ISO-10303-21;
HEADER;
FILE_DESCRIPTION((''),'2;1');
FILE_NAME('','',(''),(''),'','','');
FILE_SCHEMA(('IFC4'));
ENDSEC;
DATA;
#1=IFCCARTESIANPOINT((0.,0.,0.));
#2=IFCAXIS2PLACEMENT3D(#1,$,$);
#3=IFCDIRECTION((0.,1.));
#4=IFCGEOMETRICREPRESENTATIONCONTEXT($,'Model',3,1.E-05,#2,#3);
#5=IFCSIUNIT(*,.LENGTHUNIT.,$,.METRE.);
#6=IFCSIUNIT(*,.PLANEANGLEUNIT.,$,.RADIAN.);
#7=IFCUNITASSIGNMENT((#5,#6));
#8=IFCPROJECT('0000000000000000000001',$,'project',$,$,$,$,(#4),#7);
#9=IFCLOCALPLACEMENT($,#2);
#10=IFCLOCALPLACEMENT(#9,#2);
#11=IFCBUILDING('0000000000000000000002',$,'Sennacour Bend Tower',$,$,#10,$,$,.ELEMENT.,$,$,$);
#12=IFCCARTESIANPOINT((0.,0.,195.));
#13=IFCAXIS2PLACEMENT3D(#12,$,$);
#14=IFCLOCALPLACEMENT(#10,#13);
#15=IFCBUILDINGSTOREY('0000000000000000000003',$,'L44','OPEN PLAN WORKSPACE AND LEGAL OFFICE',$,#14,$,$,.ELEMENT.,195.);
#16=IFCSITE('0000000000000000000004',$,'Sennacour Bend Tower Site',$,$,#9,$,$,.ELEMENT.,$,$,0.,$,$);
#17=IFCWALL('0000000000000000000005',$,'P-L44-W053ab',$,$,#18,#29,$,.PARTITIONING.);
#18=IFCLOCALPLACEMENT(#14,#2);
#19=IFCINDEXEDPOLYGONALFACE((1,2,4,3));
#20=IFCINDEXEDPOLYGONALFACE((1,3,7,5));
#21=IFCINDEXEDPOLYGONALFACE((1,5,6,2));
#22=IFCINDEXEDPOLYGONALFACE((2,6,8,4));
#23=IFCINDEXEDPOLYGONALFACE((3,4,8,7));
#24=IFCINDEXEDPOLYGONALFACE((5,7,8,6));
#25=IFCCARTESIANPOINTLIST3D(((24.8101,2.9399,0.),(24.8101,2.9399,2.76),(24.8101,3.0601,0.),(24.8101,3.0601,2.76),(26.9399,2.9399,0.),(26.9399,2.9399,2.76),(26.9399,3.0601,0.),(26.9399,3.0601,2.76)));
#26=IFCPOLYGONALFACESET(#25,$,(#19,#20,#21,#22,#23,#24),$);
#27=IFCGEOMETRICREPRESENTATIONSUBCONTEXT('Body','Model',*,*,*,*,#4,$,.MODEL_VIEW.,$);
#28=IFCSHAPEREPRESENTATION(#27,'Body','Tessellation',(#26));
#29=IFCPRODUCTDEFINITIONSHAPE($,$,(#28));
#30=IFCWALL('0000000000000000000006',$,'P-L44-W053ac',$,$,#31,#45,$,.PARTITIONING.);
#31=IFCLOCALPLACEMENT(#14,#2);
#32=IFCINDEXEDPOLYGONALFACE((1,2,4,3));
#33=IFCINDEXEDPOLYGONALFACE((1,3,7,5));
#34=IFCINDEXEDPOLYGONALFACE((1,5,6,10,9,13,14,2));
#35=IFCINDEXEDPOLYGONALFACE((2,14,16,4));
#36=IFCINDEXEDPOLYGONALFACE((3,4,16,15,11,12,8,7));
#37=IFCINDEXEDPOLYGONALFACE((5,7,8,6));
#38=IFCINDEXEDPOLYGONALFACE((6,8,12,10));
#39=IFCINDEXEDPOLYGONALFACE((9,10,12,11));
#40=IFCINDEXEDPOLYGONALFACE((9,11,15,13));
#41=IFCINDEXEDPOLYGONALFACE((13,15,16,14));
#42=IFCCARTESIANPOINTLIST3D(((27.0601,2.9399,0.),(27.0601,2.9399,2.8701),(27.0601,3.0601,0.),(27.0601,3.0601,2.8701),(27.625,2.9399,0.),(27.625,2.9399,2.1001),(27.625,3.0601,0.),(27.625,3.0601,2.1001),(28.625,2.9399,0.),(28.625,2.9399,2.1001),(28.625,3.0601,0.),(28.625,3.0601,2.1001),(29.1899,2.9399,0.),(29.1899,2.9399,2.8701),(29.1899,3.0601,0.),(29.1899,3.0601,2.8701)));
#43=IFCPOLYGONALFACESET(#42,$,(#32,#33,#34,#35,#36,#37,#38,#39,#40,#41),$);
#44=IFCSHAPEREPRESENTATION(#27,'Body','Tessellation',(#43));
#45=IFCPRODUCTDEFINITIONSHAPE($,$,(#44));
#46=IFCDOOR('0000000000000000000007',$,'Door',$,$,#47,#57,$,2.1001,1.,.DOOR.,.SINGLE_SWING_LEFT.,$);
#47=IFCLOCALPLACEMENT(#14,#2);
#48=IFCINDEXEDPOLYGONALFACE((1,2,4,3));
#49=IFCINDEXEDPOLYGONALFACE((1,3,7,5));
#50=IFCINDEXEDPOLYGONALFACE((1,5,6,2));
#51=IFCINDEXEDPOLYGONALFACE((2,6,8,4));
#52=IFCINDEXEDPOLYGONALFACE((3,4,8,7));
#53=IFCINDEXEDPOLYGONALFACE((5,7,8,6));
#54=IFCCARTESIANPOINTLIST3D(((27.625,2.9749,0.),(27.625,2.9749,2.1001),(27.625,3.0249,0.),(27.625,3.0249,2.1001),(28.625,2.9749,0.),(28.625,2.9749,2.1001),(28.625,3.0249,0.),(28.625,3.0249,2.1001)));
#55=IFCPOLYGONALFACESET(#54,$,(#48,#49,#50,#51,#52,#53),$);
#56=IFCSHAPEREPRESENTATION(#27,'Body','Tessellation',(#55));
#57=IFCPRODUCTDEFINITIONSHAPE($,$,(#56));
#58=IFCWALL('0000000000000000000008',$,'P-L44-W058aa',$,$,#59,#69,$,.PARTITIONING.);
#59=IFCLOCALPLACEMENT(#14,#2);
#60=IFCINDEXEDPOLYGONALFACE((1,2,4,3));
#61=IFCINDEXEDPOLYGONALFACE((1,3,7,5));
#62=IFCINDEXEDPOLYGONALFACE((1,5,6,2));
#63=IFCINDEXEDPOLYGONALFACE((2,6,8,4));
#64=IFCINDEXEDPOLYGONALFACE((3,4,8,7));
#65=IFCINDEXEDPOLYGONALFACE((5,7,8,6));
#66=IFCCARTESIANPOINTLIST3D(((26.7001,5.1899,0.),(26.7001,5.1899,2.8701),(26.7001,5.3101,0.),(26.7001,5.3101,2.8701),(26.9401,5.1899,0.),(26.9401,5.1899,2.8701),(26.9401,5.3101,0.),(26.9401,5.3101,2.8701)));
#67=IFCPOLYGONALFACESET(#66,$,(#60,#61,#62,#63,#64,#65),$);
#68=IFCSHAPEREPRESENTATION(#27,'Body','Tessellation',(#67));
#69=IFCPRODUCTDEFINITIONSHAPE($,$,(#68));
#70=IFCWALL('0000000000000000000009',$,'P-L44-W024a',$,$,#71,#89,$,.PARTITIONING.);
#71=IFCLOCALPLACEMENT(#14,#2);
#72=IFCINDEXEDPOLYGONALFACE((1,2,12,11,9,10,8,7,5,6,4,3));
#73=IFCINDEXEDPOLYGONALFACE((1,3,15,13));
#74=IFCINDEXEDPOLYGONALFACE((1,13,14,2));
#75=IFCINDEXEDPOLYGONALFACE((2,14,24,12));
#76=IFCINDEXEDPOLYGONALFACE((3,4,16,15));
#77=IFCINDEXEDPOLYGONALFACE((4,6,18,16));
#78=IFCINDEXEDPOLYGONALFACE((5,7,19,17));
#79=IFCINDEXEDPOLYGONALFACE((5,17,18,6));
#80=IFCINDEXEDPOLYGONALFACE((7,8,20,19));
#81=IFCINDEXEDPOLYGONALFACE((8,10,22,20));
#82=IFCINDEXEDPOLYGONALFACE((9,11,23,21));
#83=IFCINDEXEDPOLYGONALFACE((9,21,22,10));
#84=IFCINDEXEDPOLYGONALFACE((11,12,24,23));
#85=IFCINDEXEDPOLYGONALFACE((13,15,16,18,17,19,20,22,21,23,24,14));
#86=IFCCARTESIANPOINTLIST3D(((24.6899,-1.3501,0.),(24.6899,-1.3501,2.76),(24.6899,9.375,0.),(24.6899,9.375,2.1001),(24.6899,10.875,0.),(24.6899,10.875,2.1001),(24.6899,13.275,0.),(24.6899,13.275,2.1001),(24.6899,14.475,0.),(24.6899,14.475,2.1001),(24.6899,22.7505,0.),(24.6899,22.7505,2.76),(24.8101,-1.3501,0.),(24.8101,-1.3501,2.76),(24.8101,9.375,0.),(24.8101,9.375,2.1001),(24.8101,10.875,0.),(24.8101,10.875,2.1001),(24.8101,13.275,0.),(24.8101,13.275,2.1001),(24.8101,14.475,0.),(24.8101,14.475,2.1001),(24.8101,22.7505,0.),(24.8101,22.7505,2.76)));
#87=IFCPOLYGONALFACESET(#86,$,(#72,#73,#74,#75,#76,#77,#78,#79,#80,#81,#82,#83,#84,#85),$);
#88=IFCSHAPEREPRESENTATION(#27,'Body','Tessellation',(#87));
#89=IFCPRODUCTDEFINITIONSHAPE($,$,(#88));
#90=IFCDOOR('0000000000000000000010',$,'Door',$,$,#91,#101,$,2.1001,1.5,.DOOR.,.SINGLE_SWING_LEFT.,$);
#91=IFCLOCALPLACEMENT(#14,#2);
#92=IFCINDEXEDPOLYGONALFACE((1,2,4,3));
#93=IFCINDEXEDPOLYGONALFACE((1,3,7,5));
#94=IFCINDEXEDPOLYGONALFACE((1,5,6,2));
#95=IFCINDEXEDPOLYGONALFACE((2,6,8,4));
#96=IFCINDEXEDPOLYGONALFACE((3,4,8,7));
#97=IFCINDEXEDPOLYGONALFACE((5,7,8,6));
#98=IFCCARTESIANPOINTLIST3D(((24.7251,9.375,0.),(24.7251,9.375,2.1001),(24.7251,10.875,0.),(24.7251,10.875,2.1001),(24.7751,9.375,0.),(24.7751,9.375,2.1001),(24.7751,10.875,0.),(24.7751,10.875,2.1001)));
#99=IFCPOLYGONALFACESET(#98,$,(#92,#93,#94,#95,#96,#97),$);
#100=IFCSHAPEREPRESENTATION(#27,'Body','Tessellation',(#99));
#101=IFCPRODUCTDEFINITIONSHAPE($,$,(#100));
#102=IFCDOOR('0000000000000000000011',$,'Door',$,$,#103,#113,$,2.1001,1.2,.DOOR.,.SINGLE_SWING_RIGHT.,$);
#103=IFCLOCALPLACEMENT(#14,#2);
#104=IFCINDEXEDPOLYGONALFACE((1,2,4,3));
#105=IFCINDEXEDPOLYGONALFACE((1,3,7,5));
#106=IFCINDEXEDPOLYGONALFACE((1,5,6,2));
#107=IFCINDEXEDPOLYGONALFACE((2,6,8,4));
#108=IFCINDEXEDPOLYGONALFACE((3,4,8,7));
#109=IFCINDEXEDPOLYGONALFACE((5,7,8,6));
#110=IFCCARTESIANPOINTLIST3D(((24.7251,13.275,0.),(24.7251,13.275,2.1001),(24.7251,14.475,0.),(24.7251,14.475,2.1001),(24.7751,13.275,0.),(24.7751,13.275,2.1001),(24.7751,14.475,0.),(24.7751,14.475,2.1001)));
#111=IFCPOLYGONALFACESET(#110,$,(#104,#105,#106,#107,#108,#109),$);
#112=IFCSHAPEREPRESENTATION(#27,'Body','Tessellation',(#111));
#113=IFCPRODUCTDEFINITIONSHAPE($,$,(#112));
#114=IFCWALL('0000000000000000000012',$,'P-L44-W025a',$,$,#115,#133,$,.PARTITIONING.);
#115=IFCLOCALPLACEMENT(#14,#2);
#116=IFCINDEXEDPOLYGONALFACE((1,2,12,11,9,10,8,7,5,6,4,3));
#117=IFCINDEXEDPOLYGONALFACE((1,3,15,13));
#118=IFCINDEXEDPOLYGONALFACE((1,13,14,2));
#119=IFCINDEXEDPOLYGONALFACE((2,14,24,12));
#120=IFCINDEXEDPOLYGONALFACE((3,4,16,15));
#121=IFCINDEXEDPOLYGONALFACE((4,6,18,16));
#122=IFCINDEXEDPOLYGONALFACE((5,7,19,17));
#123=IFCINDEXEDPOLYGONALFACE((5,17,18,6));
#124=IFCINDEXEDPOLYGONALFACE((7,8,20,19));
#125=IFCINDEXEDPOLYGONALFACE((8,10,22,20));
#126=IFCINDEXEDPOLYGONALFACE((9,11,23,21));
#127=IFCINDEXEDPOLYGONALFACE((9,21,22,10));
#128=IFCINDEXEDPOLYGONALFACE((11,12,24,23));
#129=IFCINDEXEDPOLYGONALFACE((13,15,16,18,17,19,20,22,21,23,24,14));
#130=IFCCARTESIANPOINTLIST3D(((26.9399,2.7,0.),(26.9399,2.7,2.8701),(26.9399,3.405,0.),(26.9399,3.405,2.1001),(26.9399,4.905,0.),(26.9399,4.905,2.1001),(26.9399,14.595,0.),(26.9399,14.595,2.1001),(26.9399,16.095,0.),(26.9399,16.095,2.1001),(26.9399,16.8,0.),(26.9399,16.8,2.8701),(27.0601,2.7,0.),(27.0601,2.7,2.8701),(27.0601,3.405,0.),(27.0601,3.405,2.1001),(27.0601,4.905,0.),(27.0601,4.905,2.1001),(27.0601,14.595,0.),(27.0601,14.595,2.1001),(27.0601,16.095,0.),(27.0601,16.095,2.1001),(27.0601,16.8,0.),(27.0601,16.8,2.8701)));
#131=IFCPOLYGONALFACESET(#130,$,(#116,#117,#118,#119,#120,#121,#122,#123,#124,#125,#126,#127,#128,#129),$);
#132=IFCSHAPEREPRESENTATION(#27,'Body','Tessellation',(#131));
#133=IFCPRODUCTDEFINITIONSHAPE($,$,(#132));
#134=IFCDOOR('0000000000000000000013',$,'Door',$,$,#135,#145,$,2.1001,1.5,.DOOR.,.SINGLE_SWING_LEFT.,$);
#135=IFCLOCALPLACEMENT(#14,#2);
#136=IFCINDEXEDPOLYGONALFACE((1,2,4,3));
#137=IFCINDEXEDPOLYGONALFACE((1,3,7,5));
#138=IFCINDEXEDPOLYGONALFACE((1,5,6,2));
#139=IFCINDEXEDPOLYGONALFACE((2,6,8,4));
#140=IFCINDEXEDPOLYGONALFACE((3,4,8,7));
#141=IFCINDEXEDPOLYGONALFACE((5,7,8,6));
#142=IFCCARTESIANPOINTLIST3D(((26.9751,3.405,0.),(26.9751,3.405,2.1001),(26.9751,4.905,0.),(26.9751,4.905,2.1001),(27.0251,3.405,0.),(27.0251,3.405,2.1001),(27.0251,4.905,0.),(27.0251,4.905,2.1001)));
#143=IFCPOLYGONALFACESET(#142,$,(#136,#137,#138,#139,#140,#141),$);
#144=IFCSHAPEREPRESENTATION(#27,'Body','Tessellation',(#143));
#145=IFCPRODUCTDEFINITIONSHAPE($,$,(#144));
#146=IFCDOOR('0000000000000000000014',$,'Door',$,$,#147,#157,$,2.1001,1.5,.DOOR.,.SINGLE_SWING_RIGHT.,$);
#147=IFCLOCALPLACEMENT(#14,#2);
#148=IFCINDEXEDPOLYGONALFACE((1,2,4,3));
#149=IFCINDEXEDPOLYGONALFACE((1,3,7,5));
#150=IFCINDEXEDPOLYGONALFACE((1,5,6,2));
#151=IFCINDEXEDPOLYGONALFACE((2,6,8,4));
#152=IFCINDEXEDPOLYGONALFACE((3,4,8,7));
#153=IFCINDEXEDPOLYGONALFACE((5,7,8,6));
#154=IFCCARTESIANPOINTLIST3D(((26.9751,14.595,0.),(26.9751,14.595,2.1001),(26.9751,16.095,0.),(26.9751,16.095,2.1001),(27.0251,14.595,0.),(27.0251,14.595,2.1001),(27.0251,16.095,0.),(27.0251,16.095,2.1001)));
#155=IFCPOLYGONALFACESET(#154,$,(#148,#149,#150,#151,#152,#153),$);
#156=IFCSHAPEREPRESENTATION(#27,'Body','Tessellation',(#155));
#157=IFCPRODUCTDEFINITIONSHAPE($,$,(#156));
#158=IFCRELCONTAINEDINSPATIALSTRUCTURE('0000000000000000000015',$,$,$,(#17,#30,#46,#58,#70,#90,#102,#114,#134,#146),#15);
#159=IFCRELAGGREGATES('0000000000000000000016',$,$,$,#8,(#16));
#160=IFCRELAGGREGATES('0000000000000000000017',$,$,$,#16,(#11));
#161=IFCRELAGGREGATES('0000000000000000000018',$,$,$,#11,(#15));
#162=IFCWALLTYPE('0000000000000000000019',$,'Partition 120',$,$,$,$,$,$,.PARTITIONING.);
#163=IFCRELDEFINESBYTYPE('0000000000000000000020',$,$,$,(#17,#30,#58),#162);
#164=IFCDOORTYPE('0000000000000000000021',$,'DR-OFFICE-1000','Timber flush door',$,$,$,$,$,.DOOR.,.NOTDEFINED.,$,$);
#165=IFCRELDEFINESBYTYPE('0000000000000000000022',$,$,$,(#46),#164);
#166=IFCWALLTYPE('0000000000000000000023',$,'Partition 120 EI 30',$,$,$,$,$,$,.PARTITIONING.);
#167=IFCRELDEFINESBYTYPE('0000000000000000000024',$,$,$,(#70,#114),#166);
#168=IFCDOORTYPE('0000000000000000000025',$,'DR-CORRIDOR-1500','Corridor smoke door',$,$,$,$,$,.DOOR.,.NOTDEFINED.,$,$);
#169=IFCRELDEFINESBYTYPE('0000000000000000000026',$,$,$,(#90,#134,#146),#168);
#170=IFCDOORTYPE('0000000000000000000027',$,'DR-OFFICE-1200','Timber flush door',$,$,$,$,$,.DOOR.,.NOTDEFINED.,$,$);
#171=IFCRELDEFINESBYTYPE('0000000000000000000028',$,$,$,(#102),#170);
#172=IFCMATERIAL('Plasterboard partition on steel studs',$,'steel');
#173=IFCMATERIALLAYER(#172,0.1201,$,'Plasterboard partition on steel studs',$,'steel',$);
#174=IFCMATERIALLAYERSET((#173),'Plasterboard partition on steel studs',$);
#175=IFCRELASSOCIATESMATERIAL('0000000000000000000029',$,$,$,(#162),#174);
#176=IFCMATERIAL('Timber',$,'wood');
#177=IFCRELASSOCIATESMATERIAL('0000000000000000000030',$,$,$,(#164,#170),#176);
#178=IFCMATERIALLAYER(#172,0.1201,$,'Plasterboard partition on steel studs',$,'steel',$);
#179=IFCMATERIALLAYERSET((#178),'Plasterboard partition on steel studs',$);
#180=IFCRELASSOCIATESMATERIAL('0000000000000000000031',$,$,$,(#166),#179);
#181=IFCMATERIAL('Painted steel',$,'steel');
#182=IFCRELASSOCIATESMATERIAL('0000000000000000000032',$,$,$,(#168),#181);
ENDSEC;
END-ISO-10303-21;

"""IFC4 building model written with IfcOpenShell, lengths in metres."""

from ifc_helpers import new_model, si_unit, direction, frame, frame_2d, origin, place, context, subcontext, project, spatial, rectangle, extrude, material, layer, layer_set, type_object, element, fill, save


model = new_model("IFC4")

# Units and contexts
model_context = context("Model", 3, precision=1e-05, world=origin(), true_north=direction((0.0, 1.0)))
body_context = subcontext(model_context, "Body", "Model", "MODEL_VIEW")
ifc_project = project(units=[si_unit("LENGTHUNIT", "METRE"), si_unit("PLANEANGLEUNIT", "RADIAN")], contexts=[model_context])

# Site, building, storey
site_placement = place(None, origin())
site = spatial("IfcSite", under=ifc_project, at=site_placement, Name="Sennacour Bend Tower Site", CompositionType="ELEMENT", RefElevation=0.0)
building_placement = place(site_placement, origin())
building = spatial("IfcBuilding", under=site, at=building_placement, Name="Sennacour Bend Tower", CompositionType="ELEMENT")
storey_placement = place(building_placement, frame((0.0, 0.0, 195.0)))
storey = spatial("IfcBuildingStorey", under=building, at=storey_placement, Name="L44", Description="OPEN PLAN WORKSPACE AND LEGAL OFFICE", CompositionType="ELEMENT", Elevation=195.0)

# Wall
ifc_material_1 = material(Name="Plasterboard partition on steel studs", Category="steel")
ifc_layer_1 = layer(ifc_material_1, 0.1201, Name="Plasterboard partition on steel studs", Category="steel")
ifc_layer_set_1 = layer_set([ifc_layer_1], Name="Plasterboard partition on steel studs")
wall_type_1 = type_object("IfcWallType", Name="Partition 120", PredefinedType="PARTITIONING", material=ifc_layer_set_1)
wall_1_placement = place(storey_placement, frame((24.8101, 3.0, 0.0), z_axis=(0.0, 0.0, 1.0), x_axis=(1.0, 0.0, 0.0)))
element("IfcWall", 1, at=wall_1_placement, inside=storey, type_object=wall_type_1, Name="P-L44-W053ab", PredefinedType="PARTITIONING", context=body_context, shape_type="SweptSolid", body=[
    extrude(rectangle(XDim=2.1299, YDim=0.1201, at=frame_2d((1.0649, 0.0))), origin(), (0.0, 0.0, 1.0), 2.76),
])

# Wall, opening, door
wall_2_placement = place(storey_placement, frame((27.0601, 3.0, 0.0), z_axis=(0.0, 0.0, 1.0), x_axis=(1.0, 0.0, 0.0)))
wall_2 = element("IfcWall", 2, at=wall_2_placement, inside=storey, type_object=wall_type_1, Name="P-L44-W053ac", PredefinedType="PARTITIONING", context=body_context, shape_type="SweptSolid", body=[
    extrude(rectangle(XDim=2.1299, YDim=0.1201, at=frame_2d((1.0649, 0.0))), origin(), (0.0, 0.0, 1.0), 2.8701),
])
opening_1_placement = place(wall_2_placement, frame((0.5649, 0.0, 0.0)))
opening_1 = element("IfcOpeningElement", 3, at=opening_1_placement, cuts=wall_2, PredefinedType="OPENING", context=body_context, shape_type="SweptSolid", body=[
    extrude(rectangle(XDim=1.0, YDim=2.1001, at=frame_2d((0.5, 1.05))), frame((0.0, 0.0701, 0.0), z_axis=(0.0, -1.0, 0.0), x_axis=(1.0, 0.0, 0.0)), (0.0, 0.0, 1.0), 0.1401),
])
ifc_material_2 = material(Name="Timber", Category="wood")
door_type_1 = type_object("IfcDoorType", Name="DR-OFFICE-1000", Description="Timber flush door", OperationType="NOTDEFINED", PredefinedType="DOOR", material=ifc_material_2)
door_1_placement = place(opening_1_placement, origin())
door_1 = element("IfcDoor", 4, at=door_1_placement, inside=storey, type_object=door_type_1, Name="Door", OperationType="SINGLE_SWING_LEFT", OverallHeight=2.1001, OverallWidth=1.0, PredefinedType="DOOR", context=body_context, shape_type="SweptSolid", body=[
    extrude(rectangle(XDim=1.0, YDim=2.1001, at=frame_2d((0.5, 1.05))), frame((0.0, 0.0249, 0.0), z_axis=(0.0, -1.0, 0.0), x_axis=(1.0, 0.0, 0.0)), (0.0, 0.0, 1.0), 0.05),
])
fill(opening_1, door_1)

# Wall
wall_3_placement = place(storey_placement, frame((26.7, 5.25, 0.0), z_axis=(0.0, 0.0, 1.0), x_axis=(1.0, 0.0, 0.0)))
element("IfcWall", 5, at=wall_3_placement, inside=storey, type_object=wall_type_1, Name="P-L44-W058aa", PredefinedType="PARTITIONING", context=body_context, shape_type="SweptSolid", body=[
    extrude(rectangle(XDim=0.24, YDim=0.1201, at=frame_2d((0.1201, 0.0))), origin(), (0.0, 0.0, 1.0), 2.8701),
])

# Walls, openings, doors
ifc_layer_2 = layer(ifc_material_1, 0.1201, Name="Plasterboard partition on steel studs", Category="steel")
ifc_layer_set_2 = layer_set([ifc_layer_2], Name="Plasterboard partition on steel studs")
wall_type_2 = type_object("IfcWallType", Name="Partition 120 EI 30", PredefinedType="PARTITIONING", material=ifc_layer_set_2)
wall_4_placement = place(storey_placement, frame((24.75, -1.3501, 0.0), z_axis=(0.0, 0.0, 1.0), x_axis=(0.0, 1.0, 0.0)))
wall_4 = element("IfcWall", 6, at=wall_4_placement, inside=storey, type_object=wall_type_2, Name="P-L44-W024a", PredefinedType="PARTITIONING", context=body_context, shape_type="SweptSolid", body=[
    extrude(rectangle(XDim=24.1006, YDim=0.1201, at=frame_2d((12.0503, 0.0))), origin(), (0.0, 0.0, 1.0), 2.76),
])
opening_2_placement = place(wall_4_placement, frame((10.7251, 0.0, 0.0)))
opening_2 = element("IfcOpeningElement", 7, at=opening_2_placement, cuts=wall_4, PredefinedType="OPENING", context=body_context, shape_type="SweptSolid", body=[
    extrude(rectangle(XDim=1.5, YDim=2.1001, at=frame_2d((0.75, 1.05))), frame((0.0, 0.0701, 0.0), z_axis=(0.0, -1.0, 0.0), x_axis=(1.0, 0.0, 0.0)), (0.0, 0.0, 1.0), 0.1401),
])
opening_3_placement = place(wall_4_placement, frame((14.625, 0.0, 0.0)))
opening_3 = element("IfcOpeningElement", 8, at=opening_3_placement, cuts=wall_4, PredefinedType="OPENING", context=body_context, shape_type="SweptSolid", body=[
    extrude(rectangle(XDim=1.2, YDim=2.1001, at=frame_2d((0.6001, 1.05))), frame((0.0, 0.0701, 0.0), z_axis=(0.0, -1.0, 0.0), x_axis=(1.0, 0.0, 0.0)), (0.0, 0.0, 1.0), 0.1401),
])
ifc_material_3 = material(Name="Painted steel", Category="steel")
door_type_2 = type_object("IfcDoorType", Name="DR-CORRIDOR-1500", Description="Corridor smoke door", OperationType="NOTDEFINED", PredefinedType="DOOR", material=ifc_material_3)
door_2_placement = place(opening_2_placement, origin())
door_2 = element("IfcDoor", 9, at=door_2_placement, inside=storey, type_object=door_type_2, Name="Door", OperationType="SINGLE_SWING_LEFT", OverallHeight=2.1001, OverallWidth=1.5, PredefinedType="DOOR", context=body_context, shape_type="SweptSolid", body=[
    extrude(rectangle(XDim=1.5, YDim=2.1001, at=frame_2d((0.75, 1.05))), frame((0.0, 0.0249, 0.0), z_axis=(0.0, -1.0, 0.0), x_axis=(1.0, 0.0, 0.0)), (0.0, 0.0, 1.0), 0.05),
])
fill(opening_2, door_2)
door_type_3 = type_object("IfcDoorType", Name="DR-OFFICE-1200", Description="Timber flush door", OperationType="NOTDEFINED", PredefinedType="DOOR", material=ifc_material_2)
door_3_placement = place(opening_3_placement, origin())
door_3 = element("IfcDoor", 10, at=door_3_placement, inside=storey, type_object=door_type_3, Name="Door", OperationType="SINGLE_SWING_RIGHT", OverallHeight=2.1001, OverallWidth=1.2, PredefinedType="DOOR", context=body_context, shape_type="SweptSolid", body=[
    extrude(rectangle(XDim=1.2, YDim=2.1001, at=frame_2d((0.6001, 1.05))), frame((0.0, 0.0249, 0.0), z_axis=(0.0, -1.0, 0.0), x_axis=(1.0, 0.0, 0.0)), (0.0, 0.0, 1.0), 0.05),
])
fill(opening_3, door_3)
wall_5_placement = place(storey_placement, frame((27.0, 2.7, 0.0), z_axis=(0.0, 0.0, 1.0), x_axis=(0.0, 1.0, 0.0)))
wall_5 = element("IfcWall", 11, at=wall_5_placement, inside=storey, type_object=wall_type_2, Name="P-L44-W025a", PredefinedType="PARTITIONING", context=body_context, shape_type="SweptSolid", body=[
    extrude(rectangle(XDim=14.1001, YDim=0.1201, at=frame_2d((7.05, 0.0))), origin(), (0.0, 0.0, 1.0), 2.8701),
])
opening_4_placement = place(wall_5_placement, frame((0.7051, 0.0, 0.0)))
opening_4 = element("IfcOpeningElement", 12, at=opening_4_placement, cuts=wall_5, PredefinedType="OPENING", context=body_context, shape_type="SweptSolid", body=[
    extrude(rectangle(XDim=1.5, YDim=2.1001, at=frame_2d((0.75, 1.05))), frame((0.0, 0.0701, 0.0), z_axis=(0.0, -1.0, 0.0), x_axis=(1.0, 0.0, 0.0)), (0.0, 0.0, 1.0), 0.1401),
])
opening_5_placement = place(wall_5_placement, frame((11.895, 0.0, 0.0)))
opening_5 = element("IfcOpeningElement", 13, at=opening_5_placement, cuts=wall_5, PredefinedType="OPENING", context=body_context, shape_type="SweptSolid", body=[
    extrude(rectangle(XDim=1.5, YDim=2.1001, at=frame_2d((0.75, 1.05))), frame((0.0, 0.0701, 0.0), z_axis=(0.0, -1.0, 0.0), x_axis=(1.0, 0.0, 0.0)), (0.0, 0.0, 1.0), 0.1401),
])
door_4_placement = place(opening_4_placement, origin())
door_4 = element("IfcDoor", 14, at=door_4_placement, inside=storey, type_object=door_type_2, Name="Door", OperationType="SINGLE_SWING_LEFT", OverallHeight=2.1001, OverallWidth=1.5, PredefinedType="DOOR", context=body_context, shape_type="SweptSolid", body=[
    extrude(rectangle(XDim=1.5, YDim=2.1001, at=frame_2d((0.75, 1.05))), frame((0.0, 0.0249, 0.0), z_axis=(0.0, -1.0, 0.0), x_axis=(1.0, 0.0, 0.0)), (0.0, 0.0, 1.0), 0.05),
])
fill(opening_4, door_4)
door_5_placement = place(opening_5_placement, origin())
door_5 = element("IfcDoor", 15, at=door_5_placement, inside=storey, type_object=door_type_2, Name="Door", OperationType="SINGLE_SWING_RIGHT", OverallHeight=2.1001, OverallWidth=1.5, PredefinedType="DOOR", context=body_context, shape_type="SweptSolid", body=[
    extrude(rectangle(XDim=1.5, YDim=2.1001, at=frame_2d((0.75, 1.05))), frame((0.0, 0.0249, 0.0), z_axis=(0.0, -1.0, 0.0), x_axis=(1.0, 0.0, 0.0)), (0.0, 0.0, 1.0), 0.05),
])
fill(opening_5, door_5)

save(model, "model.ifc")
